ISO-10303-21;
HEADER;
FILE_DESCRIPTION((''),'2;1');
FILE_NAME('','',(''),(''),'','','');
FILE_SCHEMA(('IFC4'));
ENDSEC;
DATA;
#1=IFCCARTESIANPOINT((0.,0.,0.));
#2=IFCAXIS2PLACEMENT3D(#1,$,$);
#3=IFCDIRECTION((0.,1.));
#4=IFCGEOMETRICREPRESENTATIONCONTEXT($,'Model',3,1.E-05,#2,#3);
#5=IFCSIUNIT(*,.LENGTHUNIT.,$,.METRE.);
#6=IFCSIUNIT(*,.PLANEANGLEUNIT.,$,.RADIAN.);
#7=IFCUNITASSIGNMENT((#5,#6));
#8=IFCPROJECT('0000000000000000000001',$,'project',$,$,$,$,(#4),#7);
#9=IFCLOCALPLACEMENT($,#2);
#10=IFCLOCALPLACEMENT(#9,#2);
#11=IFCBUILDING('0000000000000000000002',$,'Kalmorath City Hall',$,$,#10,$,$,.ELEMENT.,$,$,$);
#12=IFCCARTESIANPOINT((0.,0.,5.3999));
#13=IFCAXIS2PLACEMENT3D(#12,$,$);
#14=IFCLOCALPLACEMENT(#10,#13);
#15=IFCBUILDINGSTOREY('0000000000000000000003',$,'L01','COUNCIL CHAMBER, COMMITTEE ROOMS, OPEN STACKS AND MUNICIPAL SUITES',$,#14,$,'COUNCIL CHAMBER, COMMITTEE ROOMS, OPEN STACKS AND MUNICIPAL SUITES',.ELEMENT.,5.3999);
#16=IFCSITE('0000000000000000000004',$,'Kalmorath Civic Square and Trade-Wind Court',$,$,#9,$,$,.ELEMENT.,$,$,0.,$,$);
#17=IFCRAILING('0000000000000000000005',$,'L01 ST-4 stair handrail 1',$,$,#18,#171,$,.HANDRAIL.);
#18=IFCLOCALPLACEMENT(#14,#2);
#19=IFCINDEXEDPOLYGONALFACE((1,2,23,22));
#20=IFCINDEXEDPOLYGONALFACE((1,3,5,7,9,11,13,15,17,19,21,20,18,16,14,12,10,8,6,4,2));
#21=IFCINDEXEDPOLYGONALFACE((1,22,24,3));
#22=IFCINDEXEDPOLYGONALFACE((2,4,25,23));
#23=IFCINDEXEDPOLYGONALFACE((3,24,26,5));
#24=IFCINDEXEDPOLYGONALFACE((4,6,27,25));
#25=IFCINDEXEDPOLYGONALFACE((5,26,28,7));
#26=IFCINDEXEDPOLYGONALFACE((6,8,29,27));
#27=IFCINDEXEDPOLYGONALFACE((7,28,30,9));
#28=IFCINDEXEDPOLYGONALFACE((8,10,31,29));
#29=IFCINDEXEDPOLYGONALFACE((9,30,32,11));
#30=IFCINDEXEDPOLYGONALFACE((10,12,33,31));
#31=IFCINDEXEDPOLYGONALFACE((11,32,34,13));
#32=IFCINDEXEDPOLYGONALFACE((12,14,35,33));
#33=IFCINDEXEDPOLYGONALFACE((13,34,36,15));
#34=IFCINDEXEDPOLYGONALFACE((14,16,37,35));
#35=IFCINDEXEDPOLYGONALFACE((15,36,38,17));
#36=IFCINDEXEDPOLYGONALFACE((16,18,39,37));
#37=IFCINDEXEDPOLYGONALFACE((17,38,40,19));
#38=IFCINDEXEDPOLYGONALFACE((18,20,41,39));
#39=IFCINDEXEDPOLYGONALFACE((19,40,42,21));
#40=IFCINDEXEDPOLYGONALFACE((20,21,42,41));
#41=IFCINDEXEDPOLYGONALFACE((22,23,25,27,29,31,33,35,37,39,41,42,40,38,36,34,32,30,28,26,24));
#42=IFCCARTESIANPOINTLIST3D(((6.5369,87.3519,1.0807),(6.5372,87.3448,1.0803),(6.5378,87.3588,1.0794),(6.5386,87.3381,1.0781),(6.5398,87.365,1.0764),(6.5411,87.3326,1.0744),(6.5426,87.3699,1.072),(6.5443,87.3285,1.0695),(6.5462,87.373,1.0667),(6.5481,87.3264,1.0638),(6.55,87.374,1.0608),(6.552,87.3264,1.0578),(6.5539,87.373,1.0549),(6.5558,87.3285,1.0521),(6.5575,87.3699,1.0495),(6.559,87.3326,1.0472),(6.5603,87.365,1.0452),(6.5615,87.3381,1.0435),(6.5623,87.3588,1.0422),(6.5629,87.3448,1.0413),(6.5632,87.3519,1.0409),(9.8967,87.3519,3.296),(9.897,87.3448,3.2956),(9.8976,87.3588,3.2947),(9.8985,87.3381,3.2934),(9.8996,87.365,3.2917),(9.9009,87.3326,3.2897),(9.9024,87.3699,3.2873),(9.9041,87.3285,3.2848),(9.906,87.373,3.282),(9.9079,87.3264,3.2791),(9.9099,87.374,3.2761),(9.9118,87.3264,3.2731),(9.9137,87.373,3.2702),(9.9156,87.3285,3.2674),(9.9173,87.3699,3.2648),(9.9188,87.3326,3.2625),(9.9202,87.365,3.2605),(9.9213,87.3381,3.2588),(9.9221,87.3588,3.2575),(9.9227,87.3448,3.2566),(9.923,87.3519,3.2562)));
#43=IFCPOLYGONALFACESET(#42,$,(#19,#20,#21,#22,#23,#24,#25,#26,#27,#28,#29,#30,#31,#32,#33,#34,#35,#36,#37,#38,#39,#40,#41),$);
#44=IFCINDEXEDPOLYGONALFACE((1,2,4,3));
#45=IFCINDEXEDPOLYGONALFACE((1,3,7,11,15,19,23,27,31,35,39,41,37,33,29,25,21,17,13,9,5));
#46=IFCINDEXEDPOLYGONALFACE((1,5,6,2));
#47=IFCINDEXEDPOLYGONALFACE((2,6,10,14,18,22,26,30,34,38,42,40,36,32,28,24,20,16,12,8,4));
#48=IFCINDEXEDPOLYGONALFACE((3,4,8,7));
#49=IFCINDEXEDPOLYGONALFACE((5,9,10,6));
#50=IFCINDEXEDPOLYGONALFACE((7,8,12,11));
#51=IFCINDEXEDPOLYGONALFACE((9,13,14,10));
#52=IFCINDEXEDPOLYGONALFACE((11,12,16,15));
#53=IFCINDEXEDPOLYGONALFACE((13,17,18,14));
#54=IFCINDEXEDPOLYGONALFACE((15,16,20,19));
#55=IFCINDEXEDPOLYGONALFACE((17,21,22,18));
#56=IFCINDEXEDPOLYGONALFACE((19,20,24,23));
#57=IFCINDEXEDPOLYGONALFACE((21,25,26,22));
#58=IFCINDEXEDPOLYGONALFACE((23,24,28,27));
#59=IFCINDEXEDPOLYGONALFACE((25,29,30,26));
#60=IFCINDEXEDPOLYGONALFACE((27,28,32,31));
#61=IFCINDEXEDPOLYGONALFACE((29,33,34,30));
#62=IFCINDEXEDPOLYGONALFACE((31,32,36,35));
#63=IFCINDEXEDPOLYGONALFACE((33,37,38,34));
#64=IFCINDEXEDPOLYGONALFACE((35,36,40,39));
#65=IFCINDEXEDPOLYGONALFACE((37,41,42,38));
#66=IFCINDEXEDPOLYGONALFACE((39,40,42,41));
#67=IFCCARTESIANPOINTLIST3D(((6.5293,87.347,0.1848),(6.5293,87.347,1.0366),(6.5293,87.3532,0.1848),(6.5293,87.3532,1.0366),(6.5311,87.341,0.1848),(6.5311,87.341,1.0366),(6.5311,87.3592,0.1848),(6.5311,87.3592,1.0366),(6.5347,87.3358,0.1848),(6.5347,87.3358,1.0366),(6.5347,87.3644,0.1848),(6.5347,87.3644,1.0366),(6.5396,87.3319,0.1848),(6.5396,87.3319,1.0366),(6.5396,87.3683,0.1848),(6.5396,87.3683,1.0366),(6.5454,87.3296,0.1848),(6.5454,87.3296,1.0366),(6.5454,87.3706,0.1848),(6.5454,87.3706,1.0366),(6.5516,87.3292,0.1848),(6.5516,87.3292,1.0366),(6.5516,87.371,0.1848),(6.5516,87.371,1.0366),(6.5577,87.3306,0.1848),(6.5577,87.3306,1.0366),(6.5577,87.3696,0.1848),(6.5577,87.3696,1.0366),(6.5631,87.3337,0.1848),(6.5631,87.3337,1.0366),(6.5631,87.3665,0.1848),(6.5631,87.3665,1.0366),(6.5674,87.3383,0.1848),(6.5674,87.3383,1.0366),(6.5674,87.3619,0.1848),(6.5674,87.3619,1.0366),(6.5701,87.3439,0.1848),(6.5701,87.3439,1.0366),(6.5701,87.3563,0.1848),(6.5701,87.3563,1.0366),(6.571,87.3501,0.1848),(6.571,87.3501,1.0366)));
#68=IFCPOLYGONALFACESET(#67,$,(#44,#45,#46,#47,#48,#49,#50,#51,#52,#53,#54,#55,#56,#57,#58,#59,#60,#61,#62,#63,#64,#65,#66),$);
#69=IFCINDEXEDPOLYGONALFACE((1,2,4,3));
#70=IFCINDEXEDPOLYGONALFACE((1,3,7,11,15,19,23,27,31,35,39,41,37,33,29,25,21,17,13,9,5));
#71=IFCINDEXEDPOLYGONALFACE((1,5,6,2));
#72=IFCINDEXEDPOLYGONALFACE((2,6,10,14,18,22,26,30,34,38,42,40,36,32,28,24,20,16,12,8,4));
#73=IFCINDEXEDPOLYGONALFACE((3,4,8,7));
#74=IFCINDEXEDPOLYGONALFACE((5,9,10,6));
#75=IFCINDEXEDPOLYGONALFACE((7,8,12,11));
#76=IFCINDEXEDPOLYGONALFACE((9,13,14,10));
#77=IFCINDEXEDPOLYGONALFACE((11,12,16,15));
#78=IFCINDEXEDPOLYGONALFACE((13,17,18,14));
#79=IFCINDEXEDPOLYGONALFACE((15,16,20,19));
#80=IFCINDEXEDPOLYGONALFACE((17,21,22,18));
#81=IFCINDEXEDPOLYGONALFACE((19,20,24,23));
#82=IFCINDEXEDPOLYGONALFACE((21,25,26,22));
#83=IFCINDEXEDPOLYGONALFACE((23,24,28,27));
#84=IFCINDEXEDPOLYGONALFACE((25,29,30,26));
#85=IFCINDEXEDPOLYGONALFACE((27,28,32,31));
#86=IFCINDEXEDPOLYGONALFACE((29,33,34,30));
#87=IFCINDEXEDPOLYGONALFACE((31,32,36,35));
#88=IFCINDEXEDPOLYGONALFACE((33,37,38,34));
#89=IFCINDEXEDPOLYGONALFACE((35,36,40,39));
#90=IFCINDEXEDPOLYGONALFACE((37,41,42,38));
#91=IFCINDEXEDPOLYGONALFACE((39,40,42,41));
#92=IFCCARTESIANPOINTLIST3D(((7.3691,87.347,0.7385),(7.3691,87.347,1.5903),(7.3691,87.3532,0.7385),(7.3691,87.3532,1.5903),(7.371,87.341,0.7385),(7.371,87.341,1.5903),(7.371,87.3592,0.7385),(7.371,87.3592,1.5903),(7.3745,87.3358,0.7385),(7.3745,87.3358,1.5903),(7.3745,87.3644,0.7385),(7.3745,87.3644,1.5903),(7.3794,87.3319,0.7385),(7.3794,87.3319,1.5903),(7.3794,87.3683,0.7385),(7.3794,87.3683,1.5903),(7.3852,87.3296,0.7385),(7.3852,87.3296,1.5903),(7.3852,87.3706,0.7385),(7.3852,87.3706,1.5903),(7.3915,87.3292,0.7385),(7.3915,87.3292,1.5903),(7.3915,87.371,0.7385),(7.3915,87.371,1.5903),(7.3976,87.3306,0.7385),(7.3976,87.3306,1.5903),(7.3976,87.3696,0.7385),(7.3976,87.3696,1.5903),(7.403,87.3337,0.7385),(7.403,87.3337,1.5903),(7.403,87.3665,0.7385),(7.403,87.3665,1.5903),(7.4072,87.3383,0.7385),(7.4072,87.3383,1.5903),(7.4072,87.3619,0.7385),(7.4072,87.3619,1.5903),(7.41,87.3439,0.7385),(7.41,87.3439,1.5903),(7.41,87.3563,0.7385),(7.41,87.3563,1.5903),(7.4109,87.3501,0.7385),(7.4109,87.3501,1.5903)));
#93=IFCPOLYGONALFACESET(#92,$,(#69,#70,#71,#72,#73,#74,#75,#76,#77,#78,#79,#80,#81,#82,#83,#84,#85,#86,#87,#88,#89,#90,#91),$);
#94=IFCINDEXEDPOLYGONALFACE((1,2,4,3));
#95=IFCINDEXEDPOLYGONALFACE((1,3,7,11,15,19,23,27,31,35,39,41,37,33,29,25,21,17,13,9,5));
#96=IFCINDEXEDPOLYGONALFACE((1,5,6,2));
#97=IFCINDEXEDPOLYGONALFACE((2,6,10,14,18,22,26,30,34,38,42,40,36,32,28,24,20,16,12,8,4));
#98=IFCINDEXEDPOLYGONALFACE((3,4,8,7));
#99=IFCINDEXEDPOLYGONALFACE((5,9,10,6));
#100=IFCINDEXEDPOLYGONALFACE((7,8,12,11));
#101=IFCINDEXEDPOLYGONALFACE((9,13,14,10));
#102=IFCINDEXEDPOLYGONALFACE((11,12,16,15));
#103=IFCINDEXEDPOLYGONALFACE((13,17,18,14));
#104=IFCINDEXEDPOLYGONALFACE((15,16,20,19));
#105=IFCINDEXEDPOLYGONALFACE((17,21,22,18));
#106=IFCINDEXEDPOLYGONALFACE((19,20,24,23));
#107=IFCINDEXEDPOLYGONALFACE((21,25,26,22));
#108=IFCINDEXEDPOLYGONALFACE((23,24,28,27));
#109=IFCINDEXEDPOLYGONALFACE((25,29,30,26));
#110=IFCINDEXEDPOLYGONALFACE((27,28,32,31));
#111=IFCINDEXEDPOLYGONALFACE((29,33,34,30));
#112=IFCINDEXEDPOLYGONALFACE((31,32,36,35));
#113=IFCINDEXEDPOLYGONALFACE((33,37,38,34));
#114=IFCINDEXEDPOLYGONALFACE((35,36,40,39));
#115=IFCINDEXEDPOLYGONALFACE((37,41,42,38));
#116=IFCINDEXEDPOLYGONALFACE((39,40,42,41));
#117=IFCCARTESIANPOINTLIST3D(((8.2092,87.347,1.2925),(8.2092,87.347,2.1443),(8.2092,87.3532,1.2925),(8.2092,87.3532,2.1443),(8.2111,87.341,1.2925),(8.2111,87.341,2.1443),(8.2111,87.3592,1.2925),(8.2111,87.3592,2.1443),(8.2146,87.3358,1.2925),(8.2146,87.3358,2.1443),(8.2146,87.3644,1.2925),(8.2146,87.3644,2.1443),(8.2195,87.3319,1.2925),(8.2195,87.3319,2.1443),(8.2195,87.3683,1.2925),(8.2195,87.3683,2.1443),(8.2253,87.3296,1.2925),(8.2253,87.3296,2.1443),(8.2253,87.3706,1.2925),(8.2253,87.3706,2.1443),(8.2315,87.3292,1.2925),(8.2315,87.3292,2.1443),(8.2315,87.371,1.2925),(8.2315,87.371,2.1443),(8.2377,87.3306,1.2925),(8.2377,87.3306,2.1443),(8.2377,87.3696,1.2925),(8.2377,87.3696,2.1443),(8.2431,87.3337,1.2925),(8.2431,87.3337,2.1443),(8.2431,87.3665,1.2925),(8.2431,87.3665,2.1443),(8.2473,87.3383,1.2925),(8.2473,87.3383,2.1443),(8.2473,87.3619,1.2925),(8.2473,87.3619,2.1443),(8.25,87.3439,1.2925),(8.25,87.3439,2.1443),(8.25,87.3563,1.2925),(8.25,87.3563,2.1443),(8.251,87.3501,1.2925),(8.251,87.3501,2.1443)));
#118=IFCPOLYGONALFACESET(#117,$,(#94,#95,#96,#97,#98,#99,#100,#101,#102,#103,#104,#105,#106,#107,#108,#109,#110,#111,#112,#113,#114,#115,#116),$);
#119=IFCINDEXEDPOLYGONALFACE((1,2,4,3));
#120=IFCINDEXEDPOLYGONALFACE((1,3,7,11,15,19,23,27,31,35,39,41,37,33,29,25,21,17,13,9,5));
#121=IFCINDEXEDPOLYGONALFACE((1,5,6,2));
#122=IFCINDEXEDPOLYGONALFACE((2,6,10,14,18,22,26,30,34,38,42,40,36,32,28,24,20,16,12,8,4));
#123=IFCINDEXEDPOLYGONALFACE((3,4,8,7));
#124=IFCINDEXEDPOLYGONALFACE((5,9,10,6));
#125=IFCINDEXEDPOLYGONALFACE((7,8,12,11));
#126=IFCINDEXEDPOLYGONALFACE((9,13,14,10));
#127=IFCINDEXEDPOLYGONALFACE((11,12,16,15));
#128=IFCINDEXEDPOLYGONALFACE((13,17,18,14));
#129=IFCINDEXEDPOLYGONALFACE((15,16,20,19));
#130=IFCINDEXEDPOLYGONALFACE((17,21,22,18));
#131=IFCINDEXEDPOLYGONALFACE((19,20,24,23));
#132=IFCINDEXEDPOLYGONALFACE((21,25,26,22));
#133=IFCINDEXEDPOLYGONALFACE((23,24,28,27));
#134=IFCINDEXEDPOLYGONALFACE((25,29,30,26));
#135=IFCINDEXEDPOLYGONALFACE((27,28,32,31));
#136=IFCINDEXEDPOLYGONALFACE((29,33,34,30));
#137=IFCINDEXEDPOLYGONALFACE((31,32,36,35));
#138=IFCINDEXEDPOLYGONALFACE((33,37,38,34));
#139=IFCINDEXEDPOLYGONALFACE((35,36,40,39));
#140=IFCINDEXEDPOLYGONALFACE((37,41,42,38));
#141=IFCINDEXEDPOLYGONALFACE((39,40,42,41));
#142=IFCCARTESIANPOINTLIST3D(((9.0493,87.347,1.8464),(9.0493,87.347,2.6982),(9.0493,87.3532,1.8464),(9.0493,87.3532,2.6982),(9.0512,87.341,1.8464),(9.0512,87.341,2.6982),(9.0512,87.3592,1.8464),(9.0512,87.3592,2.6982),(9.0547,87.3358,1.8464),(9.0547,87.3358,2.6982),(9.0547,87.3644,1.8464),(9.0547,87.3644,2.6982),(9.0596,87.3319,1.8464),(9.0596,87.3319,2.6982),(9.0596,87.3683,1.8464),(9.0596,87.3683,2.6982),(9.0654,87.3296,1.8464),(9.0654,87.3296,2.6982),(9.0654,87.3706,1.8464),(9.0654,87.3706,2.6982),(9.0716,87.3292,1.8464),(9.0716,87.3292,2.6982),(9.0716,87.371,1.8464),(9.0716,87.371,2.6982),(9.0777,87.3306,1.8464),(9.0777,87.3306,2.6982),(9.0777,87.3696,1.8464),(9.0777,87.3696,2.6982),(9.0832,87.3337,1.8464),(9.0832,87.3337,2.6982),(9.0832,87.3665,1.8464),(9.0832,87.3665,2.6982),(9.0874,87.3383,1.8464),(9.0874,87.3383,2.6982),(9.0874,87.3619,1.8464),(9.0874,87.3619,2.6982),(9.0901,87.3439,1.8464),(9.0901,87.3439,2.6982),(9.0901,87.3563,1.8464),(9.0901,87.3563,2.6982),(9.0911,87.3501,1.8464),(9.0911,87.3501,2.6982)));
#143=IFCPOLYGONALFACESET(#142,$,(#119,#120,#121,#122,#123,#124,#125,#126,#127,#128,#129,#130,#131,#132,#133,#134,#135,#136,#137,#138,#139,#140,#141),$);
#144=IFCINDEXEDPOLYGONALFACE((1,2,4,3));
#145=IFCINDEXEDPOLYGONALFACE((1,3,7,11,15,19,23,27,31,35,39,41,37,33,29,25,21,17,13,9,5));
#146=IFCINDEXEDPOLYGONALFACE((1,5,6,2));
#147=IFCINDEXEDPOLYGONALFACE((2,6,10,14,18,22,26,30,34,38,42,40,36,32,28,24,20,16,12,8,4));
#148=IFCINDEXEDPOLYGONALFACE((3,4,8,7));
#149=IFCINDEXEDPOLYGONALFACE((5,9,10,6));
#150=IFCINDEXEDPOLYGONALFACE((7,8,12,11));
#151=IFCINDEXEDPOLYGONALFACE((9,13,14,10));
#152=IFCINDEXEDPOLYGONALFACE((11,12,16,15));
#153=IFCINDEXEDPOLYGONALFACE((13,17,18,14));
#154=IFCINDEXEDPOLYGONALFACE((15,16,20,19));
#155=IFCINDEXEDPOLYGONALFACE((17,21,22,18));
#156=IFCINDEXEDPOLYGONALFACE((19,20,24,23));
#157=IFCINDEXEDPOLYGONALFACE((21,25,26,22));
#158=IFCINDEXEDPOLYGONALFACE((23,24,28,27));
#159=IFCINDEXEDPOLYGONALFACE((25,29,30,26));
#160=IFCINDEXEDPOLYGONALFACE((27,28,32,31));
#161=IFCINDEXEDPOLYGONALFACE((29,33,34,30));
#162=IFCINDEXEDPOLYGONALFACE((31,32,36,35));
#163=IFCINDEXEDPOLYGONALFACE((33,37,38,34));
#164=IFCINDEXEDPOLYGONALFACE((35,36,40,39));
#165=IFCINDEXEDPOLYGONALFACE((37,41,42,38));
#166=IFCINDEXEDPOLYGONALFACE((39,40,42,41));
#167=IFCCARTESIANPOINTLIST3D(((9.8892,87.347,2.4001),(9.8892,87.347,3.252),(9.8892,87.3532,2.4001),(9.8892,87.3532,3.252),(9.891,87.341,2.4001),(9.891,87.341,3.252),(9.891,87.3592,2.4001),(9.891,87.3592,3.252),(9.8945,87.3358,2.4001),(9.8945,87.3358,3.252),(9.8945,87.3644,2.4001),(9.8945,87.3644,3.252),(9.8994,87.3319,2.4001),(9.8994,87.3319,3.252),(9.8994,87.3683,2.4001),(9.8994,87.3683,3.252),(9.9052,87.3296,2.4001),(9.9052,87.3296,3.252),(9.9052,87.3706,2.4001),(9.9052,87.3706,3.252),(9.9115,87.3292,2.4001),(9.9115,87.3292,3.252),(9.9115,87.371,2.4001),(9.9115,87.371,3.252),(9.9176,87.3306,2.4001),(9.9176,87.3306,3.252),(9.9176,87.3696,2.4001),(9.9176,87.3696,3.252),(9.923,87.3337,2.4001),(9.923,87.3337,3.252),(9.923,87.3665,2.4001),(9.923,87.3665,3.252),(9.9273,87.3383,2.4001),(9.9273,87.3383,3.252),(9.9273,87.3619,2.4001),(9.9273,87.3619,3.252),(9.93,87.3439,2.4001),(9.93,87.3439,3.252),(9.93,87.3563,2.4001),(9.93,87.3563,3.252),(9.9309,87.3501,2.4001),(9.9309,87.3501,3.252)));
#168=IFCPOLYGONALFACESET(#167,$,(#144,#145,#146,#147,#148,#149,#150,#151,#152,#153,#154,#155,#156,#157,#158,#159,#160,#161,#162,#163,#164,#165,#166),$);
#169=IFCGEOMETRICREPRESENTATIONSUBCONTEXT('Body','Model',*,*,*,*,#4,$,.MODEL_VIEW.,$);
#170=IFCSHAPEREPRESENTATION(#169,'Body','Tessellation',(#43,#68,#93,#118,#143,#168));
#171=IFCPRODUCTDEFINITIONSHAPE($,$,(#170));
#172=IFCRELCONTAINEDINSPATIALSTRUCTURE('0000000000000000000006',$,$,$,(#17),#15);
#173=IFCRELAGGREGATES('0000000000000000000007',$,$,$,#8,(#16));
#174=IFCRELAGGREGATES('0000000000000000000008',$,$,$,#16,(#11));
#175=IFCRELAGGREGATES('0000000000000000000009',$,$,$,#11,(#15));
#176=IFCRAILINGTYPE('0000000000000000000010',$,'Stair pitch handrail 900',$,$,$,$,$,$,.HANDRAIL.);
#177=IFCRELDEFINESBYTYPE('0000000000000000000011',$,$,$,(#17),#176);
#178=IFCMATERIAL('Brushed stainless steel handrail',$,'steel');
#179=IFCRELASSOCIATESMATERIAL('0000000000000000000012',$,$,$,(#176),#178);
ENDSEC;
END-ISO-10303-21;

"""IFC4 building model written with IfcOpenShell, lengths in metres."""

from ifc_helpers import new_model, si_unit, direction, frame, origin, origin_2d, place, context, subcontext, project, spatial, circle, extrude, material, type_object, element, save


model = new_model("IFC4")

# Units and contexts
model_context = context("Model", 3, precision=1e-05, world=origin(), true_north=direction((0.0, 1.0)))
body_context = subcontext(model_context, "Body", "Model", "MODEL_VIEW")
ifc_project = project(units=[si_unit("LENGTHUNIT", "METRE"), si_unit("PLANEANGLEUNIT", "RADIAN")], contexts=[model_context])

# Site, building, storey
site_placement = place(None, origin())
site = spatial("IfcSite", under=ifc_project, at=site_placement, Name="Kalmorath Civic Square and Trade-Wind Court", CompositionType="ELEMENT", RefElevation=0.0)
building_placement = place(site_placement, origin())
building = spatial("IfcBuilding", under=site, at=building_placement, Name="Kalmorath City Hall", CompositionType="ELEMENT")
storey_placement = place(building_placement, frame((0.0, 0.0, 5.3999)))
storey = spatial("IfcBuildingStorey", under=building, at=storey_placement, Name="L01", Description="COUNCIL CHAMBER, COMMITTEE ROOMS, OPEN STACKS AND MUNICIPAL SUITES", LongName="COUNCIL CHAMBER, COMMITTEE ROOMS, OPEN STACKS AND MUNICIPAL SUITES", CompositionType="ELEMENT", Elevation=5.3999)

# Railing
ifc_material_1 = material(Name="Brushed stainless steel handrail", Category="steel")
railing_type_1 = type_object("IfcRailingType", Name="Stair pitch handrail 900", PredefinedType="HANDRAIL", material=ifc_material_1)
railing_1_placement = place(storey_placement, frame((6.55, 87.3501, 0.1848)))
element("IfcRailing", 1, at=railing_1_placement, inside=storey, type_object=railing_type_1, Name="L01 ST-4 stair handrail 1", PredefinedType="HANDRAIL", context=body_context, shape_type="SweptSolid", body=[
    extrude(circle(Radius=0.0239, at=origin_2d()), frame((0.0, 0.0, 0.876), z_axis=(0.834858, 0.0, 0.550465), x_axis=(0.0, 1.0, 0.0)), (0.0, 0.0, 1.0), 4.0244),
    extrude(circle(Radius=0.021, at=origin_2d()), origin(), (0.0, 0.0, 1.0), 0.8518),
    extrude(circle(Radius=0.021, at=origin_2d()), frame((0.8398, 0.0, 0.5537)), (0.0, 0.0, 1.0), 0.8518),
    extrude(circle(Radius=0.021, at=origin_2d()), frame((1.6799, 0.0, 1.1077)), (0.0, 0.0, 1.0), 0.8518),
    extrude(circle(Radius=0.021, at=origin_2d()), frame((2.52, 0.0, 1.6616)), (0.0, 0.0, 1.0), 0.8518),
    extrude(circle(Radius=0.021, at=origin_2d()), frame((3.3599, 0.0, 2.2153)), (0.0, 0.0, 1.0), 0.8518),
])

save(model, "model.ifc")
